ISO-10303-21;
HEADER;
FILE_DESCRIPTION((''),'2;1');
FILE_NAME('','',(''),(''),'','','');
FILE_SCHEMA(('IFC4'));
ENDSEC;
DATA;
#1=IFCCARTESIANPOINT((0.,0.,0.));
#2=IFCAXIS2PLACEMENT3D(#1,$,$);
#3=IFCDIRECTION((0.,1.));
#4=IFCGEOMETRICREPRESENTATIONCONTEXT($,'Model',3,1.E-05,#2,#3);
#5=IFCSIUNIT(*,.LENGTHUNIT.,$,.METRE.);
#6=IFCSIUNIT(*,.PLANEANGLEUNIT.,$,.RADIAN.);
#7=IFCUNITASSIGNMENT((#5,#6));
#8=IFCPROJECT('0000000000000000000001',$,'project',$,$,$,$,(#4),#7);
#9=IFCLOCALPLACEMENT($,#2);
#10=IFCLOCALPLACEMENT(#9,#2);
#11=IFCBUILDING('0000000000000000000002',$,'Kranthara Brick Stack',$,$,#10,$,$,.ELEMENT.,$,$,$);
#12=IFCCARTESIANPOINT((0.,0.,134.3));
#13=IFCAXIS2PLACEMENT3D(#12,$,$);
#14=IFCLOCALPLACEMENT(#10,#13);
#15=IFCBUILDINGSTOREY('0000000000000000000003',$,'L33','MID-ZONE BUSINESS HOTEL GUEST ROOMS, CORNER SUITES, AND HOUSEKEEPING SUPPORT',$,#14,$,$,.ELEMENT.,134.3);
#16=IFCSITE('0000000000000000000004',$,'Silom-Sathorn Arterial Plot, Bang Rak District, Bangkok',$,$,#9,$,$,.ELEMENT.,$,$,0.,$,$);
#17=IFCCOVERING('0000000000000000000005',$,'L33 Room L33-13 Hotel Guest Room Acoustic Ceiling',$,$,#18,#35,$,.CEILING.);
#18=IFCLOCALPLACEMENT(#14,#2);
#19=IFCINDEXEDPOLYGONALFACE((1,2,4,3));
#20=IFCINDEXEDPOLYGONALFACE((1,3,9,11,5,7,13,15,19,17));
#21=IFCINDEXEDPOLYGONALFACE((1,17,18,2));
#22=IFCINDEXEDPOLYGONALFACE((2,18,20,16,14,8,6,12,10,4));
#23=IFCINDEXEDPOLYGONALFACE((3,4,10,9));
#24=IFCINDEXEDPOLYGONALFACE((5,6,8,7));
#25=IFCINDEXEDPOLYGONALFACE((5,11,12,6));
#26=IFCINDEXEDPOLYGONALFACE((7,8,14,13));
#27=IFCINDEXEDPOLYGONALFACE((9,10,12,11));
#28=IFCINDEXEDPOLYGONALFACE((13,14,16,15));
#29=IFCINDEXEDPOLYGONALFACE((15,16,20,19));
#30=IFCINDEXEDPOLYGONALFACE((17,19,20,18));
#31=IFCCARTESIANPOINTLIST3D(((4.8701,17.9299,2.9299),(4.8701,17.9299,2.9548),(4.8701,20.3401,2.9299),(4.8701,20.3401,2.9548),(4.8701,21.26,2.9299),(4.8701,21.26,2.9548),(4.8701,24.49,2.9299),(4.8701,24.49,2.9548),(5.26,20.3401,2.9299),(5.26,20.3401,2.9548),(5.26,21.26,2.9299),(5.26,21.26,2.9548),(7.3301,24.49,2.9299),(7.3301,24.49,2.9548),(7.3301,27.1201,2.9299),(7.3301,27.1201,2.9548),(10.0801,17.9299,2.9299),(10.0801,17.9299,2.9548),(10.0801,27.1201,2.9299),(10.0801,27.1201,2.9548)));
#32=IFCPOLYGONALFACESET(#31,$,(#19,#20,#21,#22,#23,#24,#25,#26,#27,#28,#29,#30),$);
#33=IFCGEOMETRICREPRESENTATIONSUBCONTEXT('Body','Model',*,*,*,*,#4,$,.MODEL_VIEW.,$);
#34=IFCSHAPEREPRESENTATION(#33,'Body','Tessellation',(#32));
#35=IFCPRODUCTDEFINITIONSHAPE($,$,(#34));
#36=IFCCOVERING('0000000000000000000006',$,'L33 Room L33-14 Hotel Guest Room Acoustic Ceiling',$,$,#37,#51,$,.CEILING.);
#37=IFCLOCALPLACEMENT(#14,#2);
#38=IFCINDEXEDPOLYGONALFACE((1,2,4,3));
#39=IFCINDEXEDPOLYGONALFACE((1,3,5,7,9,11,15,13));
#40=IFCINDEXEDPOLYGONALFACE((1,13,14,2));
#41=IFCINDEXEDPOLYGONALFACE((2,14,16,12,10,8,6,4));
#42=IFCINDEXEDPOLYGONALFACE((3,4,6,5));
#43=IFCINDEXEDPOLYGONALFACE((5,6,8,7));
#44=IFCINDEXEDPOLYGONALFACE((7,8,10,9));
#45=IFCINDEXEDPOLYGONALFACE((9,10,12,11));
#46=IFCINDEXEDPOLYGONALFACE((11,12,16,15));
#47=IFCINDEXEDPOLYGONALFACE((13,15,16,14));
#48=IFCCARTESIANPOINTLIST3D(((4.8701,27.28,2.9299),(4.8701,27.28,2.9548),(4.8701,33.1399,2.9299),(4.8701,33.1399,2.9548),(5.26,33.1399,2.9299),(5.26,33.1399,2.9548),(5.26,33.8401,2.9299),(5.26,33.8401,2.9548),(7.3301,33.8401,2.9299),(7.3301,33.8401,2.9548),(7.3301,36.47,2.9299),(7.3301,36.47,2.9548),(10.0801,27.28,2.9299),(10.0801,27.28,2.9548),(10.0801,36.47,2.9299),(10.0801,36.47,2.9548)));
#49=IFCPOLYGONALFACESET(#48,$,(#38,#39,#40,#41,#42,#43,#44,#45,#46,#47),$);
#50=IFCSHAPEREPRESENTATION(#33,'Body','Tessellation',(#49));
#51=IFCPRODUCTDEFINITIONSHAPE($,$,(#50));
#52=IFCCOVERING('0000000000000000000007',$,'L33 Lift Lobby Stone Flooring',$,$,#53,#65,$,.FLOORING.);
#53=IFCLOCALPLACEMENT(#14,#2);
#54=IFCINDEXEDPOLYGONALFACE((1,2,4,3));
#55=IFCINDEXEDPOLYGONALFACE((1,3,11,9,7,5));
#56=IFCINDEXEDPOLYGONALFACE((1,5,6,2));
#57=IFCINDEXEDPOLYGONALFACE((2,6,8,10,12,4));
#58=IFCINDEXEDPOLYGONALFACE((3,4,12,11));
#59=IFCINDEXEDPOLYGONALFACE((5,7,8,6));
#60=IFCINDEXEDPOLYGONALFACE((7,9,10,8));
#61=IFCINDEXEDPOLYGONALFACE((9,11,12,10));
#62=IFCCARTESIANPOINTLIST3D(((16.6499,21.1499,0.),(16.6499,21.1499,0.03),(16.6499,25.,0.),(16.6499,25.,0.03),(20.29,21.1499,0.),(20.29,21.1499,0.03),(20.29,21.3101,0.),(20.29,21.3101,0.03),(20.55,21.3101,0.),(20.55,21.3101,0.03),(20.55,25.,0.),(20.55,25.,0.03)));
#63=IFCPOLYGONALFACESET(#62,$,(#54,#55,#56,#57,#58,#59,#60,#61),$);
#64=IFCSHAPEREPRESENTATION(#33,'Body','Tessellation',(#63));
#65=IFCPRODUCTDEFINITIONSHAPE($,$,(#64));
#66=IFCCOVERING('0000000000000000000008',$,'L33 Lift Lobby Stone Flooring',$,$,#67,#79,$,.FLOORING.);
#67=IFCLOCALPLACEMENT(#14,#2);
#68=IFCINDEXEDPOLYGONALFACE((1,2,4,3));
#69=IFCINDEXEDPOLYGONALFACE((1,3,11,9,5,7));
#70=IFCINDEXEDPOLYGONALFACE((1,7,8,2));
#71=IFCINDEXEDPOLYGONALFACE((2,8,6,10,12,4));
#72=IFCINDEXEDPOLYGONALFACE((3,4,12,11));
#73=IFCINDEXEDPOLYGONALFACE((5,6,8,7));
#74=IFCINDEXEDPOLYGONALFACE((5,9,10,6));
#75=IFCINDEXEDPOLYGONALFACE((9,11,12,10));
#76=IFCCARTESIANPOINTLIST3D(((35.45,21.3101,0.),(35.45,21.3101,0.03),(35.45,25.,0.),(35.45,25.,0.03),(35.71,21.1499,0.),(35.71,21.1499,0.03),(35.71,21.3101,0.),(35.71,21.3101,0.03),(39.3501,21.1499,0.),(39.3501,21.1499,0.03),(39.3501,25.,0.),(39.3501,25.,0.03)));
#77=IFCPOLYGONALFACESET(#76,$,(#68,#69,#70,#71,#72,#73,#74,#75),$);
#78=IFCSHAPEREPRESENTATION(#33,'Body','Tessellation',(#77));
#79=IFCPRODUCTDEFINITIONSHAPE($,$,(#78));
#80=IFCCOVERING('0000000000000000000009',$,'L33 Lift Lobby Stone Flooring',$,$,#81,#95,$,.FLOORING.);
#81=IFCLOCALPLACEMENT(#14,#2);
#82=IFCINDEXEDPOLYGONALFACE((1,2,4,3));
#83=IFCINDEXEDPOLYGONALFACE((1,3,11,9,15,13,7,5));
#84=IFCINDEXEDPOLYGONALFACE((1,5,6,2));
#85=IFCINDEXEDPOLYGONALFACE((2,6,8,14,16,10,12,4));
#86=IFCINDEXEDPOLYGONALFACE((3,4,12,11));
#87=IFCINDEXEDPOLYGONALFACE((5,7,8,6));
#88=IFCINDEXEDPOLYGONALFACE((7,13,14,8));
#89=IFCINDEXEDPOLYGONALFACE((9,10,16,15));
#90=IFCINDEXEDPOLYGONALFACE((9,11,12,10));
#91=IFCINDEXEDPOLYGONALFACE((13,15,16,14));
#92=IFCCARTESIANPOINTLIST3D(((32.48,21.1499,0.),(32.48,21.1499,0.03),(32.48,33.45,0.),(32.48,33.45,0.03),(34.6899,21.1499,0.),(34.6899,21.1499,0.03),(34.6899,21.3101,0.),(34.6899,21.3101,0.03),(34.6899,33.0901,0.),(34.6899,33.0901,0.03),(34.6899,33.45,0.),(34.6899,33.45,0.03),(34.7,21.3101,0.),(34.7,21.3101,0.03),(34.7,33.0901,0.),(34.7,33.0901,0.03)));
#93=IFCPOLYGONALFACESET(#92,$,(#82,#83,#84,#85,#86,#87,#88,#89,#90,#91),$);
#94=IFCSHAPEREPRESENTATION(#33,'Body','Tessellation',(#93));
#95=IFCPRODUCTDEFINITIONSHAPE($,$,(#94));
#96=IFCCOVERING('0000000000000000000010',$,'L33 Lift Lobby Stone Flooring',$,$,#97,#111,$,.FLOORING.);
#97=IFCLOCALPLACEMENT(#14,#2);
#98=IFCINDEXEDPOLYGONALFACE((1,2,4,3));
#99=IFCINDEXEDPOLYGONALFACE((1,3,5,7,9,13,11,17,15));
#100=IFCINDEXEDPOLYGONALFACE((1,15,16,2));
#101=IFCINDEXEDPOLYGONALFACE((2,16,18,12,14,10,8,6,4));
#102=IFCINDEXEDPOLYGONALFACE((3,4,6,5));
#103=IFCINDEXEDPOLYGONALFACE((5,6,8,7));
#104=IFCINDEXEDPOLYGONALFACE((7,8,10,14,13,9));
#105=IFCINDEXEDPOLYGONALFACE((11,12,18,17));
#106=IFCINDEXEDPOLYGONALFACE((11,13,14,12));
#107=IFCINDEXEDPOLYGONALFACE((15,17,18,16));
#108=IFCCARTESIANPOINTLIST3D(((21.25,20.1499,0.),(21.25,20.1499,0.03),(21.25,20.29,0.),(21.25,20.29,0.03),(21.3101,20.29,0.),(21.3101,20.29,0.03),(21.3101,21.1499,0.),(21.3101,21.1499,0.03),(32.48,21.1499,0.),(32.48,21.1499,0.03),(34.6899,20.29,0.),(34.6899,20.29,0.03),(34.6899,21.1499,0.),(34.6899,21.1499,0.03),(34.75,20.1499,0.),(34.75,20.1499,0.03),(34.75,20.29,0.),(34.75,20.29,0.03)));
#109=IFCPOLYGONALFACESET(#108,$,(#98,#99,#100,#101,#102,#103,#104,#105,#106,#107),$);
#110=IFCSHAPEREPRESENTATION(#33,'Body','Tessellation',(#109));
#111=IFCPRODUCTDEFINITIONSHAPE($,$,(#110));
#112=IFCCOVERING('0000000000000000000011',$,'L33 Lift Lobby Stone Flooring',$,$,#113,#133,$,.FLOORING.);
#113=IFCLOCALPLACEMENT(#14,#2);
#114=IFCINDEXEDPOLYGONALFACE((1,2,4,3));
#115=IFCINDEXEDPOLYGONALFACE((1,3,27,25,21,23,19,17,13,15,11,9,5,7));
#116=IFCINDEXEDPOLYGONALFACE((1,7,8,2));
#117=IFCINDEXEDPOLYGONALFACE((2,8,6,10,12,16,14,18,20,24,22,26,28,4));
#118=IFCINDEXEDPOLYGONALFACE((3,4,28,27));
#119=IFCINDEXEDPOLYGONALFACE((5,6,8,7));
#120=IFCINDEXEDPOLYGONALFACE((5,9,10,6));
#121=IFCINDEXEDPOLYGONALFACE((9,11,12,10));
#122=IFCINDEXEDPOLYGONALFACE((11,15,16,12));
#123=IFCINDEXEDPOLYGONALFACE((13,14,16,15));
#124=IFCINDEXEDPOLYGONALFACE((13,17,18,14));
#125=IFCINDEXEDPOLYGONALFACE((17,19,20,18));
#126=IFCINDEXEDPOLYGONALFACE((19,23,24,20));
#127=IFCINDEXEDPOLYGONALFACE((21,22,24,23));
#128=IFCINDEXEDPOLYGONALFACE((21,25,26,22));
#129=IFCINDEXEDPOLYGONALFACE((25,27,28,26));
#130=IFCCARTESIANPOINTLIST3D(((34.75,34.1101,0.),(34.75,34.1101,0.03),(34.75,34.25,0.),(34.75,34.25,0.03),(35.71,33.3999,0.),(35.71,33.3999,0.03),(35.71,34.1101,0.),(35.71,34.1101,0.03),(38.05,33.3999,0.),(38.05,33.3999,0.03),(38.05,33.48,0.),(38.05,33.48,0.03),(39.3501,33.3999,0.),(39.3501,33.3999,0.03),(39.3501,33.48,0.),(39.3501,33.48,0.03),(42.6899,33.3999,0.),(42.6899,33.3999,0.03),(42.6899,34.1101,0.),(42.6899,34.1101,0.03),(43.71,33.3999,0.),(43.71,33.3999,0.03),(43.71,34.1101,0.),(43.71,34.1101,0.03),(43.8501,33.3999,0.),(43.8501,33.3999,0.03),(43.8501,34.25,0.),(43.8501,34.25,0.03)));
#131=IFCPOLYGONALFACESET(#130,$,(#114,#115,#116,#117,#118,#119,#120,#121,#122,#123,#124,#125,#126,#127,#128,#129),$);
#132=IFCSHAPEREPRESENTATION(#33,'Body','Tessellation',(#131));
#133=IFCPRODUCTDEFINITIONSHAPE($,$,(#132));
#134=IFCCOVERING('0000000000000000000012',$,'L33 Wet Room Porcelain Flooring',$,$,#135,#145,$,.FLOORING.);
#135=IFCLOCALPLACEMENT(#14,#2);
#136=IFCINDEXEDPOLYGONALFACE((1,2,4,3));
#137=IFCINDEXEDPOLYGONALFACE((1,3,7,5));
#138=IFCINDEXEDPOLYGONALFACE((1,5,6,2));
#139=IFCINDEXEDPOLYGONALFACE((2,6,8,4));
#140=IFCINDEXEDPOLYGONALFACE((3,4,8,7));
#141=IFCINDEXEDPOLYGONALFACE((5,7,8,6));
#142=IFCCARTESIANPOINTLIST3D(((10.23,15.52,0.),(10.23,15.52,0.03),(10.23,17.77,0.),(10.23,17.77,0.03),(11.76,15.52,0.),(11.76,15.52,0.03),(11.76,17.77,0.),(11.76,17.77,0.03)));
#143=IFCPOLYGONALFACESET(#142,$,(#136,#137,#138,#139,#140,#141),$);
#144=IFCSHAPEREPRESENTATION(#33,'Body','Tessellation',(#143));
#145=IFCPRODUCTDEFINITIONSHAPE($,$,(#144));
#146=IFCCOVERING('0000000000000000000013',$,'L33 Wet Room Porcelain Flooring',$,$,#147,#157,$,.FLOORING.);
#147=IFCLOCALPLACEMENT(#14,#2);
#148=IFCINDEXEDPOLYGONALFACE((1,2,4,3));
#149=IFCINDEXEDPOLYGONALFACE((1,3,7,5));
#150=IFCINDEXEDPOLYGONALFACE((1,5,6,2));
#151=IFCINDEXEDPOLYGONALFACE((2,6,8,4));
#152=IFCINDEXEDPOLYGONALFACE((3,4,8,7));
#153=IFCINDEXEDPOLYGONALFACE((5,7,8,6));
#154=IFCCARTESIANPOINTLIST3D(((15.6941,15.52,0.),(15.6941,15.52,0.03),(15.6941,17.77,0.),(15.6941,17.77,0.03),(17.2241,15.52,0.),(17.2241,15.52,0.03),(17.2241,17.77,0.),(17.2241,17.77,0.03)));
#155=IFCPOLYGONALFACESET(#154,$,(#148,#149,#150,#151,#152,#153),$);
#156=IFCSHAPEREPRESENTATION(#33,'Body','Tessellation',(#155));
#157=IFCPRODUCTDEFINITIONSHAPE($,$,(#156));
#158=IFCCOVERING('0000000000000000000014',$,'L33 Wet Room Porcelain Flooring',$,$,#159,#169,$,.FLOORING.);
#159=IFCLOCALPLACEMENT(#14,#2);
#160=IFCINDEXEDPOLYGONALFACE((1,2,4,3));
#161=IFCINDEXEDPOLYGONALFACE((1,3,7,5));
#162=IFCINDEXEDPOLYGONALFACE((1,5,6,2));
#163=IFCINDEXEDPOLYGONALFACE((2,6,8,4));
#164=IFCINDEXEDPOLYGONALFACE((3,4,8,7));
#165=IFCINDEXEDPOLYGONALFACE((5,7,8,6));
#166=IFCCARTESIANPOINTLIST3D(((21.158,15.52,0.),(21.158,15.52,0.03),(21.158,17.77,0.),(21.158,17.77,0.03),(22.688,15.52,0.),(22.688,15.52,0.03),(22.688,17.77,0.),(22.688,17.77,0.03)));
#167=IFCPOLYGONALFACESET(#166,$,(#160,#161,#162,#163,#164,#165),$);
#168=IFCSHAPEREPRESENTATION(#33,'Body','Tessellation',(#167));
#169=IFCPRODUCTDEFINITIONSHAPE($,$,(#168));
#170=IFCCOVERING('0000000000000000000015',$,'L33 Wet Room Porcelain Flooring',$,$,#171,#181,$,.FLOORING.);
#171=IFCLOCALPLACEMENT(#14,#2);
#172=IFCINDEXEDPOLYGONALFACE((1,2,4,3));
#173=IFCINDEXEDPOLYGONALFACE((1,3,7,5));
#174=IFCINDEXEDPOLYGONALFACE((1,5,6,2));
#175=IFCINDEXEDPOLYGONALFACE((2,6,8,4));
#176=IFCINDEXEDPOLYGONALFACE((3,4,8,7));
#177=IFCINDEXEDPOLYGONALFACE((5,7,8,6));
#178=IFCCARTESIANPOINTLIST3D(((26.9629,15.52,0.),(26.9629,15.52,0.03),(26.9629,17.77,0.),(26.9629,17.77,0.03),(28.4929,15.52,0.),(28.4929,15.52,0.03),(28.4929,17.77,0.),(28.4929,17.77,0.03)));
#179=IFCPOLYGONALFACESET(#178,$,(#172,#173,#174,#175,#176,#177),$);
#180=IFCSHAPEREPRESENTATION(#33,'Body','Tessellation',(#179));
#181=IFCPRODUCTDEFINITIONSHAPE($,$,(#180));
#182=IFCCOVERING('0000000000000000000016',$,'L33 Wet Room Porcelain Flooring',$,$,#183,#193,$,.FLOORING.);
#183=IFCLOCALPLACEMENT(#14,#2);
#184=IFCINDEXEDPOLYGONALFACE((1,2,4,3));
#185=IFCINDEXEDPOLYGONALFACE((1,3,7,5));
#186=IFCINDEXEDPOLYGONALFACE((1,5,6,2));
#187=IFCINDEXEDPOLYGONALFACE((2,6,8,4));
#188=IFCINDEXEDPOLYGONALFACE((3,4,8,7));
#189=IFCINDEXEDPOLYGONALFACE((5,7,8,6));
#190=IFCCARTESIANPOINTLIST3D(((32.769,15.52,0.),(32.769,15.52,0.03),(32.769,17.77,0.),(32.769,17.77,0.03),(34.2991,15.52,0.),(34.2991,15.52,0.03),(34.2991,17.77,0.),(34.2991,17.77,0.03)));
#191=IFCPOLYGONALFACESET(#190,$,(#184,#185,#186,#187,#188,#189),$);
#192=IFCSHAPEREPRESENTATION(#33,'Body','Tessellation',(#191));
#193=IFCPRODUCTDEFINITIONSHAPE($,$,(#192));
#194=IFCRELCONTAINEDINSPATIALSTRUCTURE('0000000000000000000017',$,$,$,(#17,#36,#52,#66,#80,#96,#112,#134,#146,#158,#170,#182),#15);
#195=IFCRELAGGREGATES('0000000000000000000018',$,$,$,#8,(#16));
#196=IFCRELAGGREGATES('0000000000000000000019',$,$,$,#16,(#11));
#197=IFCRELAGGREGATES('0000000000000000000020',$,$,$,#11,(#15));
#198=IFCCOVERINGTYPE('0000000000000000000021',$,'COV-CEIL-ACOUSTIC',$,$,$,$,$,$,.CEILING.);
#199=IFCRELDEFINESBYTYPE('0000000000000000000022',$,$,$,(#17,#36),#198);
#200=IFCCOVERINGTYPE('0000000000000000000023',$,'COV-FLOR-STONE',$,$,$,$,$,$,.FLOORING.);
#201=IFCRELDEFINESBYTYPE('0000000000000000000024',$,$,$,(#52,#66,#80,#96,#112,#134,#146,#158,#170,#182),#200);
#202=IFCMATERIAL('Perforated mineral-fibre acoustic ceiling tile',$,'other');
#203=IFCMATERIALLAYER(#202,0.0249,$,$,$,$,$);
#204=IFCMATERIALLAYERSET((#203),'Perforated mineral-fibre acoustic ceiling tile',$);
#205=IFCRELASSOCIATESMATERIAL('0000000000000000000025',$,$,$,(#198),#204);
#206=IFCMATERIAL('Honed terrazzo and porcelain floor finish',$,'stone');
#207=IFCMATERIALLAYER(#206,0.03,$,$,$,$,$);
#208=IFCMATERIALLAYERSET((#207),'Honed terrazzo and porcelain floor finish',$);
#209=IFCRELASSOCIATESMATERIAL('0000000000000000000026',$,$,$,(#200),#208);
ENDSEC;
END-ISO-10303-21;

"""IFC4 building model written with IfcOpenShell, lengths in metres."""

from ifc_helpers import new_model, si_unit, direction, frame, origin, place, context, subcontext, project, spatial, polyline, outline, extrude, material, layer, layer_set, type_object, element, save


model = new_model("IFC4")

# Units and contexts
model_context = context("Model", 3, precision=1e-05, world=origin(), true_north=direction((0.0, 1.0)))
body_context = subcontext(model_context, "Body", "Model", "MODEL_VIEW")
ifc_project = project(units=[si_unit("LENGTHUNIT", "METRE"), si_unit("PLANEANGLEUNIT", "RADIAN")], contexts=[model_context])

# Site, building, storey
site_placement = place(None, origin())
site = spatial("IfcSite", under=ifc_project, at=site_placement, Name="Silom-Sathorn Arterial Plot, Bang Rak District, Bangkok", CompositionType="ELEMENT", RefElevation=0.0)
building_placement = place(site_placement, origin())
building = spatial("IfcBuilding", under=site, at=building_placement, Name="Kranthara Brick Stack", CompositionType="ELEMENT")
storey_placement = place(building_placement, frame((0.0, 0.0, 134.3)))
storey = spatial("IfcBuildingStorey", under=building, at=storey_placement, Name="L33", Description="MID-ZONE BUSINESS HOTEL GUEST ROOMS, CORNER SUITES, AND HOUSEKEEPING SUPPORT", CompositionType="ELEMENT", Elevation=134.3)

# Coverings
ifc_material_1 = material(Name="Perforated mineral-fibre acoustic ceiling tile", Category="other")
ifc_layer_1 = layer(ifc_material_1, 0.0249)
ifc_layer_set_1 = layer_set([ifc_layer_1], Name="Perforated mineral-fibre acoustic ceiling tile")
covering_type_1 = type_object("IfcCoveringType", Name="COV-CEIL-ACOUSTIC", PredefinedType="CEILING", material=ifc_layer_set_1)
covering_1_placement = place(storey_placement, frame((0.0, 0.0, 2.9299)))
element("IfcCovering", 1, at=covering_1_placement, inside=storey, type_object=covering_type_1, Name="L33 Room L33-13 Hotel Guest Room Acoustic Ceiling", PredefinedType="CEILING", context=body_context, shape_type="SweptSolid", body=[
    extrude(outline(polyline([(4.8701, 24.49), (7.3301, 24.49), (7.3301, 27.1201), (10.0801, 27.1201), (10.0801, 17.9299), (4.8701, 17.9299), (4.8701, 20.3401), (5.26, 20.3401), (5.26, 21.26), (4.8701, 21.26), (4.8701, 24.49)])), origin(), (0.0, 0.0, 1.0), 0.0249),
])
covering_2_placement = place(storey_placement, frame((0.0, 0.0, 2.9299)))
element("IfcCovering", 2, at=covering_2_placement, inside=storey, type_object=covering_type_1, Name="L33 Room L33-14 Hotel Guest Room Acoustic Ceiling", PredefinedType="CEILING", context=body_context, shape_type="SweptSolid", body=[
    extrude(outline(polyline([(7.3301, 33.8401), (7.3301, 36.47), (10.0801, 36.47), (10.0801, 27.28), (4.8701, 27.28), (4.8701, 33.1399), (5.26, 33.1399), (5.26, 33.8401), (7.3301, 33.8401)])), origin(), (0.0, 0.0, 1.0), 0.0249),
])
ifc_material_2 = material(Name="Honed terrazzo and porcelain floor finish", Category="stone")
ifc_layer_2 = layer(ifc_material_2, 0.03)
ifc_layer_set_2 = layer_set([ifc_layer_2], Name="Honed terrazzo and porcelain floor finish")
covering_type_2 = type_object("IfcCoveringType", Name="COV-FLOR-STONE", PredefinedType="FLOORING", material=ifc_layer_set_2)
covering_3_placement = place(storey_placement, origin())
element("IfcCovering", 3, at=covering_3_placement, inside=storey, type_object=covering_type_2, Name="L33 Lift Lobby Stone Flooring", PredefinedType="FLOORING", context=body_context, shape_type="SweptSolid", body=[
    extrude(outline(polyline([(16.6499, 21.1499), (16.6499, 25.0), (20.55, 25.0), (20.55, 21.3101), (20.29, 21.3101), (20.29, 21.1499), (16.6499, 21.1499)])), origin(), (0.0, 0.0, 1.0), 0.03),
])
covering_4_placement = place(storey_placement, origin())
element("IfcCovering", 4, at=covering_4_placement, inside=storey, type_object=covering_type_2, Name="L33 Lift Lobby Stone Flooring", PredefinedType="FLOORING", context=body_context, shape_type="SweptSolid", body=[
    extrude(outline(polyline([(35.45, 25.0), (39.3501, 25.0), (39.3501, 21.1499), (35.71, 21.1499), (35.71, 21.3101), (35.45, 21.3101), (35.45, 25.0)])), origin(), (0.0, 0.0, 1.0), 0.03),
])
covering_5_placement = place(storey_placement, origin())
element("IfcCovering", 5, at=covering_5_placement, inside=storey, type_object=covering_type_2, Name="L33 Lift Lobby Stone Flooring", PredefinedType="FLOORING", context=body_context, shape_type="SweptSolid", body=[
    extrude(outline(polyline([(32.48, 33.45), (34.6899, 33.45), (34.6899, 33.0901), (34.7, 33.0901), (34.7, 21.3101), (34.6899, 21.3101), (34.6899, 21.1499), (32.48, 21.1499), (32.48, 33.45)])), origin(), (0.0, 0.0, 1.0), 0.03),
])
covering_6_placement = place(storey_placement, origin())
element("IfcCovering", 6, at=covering_6_placement, inside=storey, type_object=covering_type_2, Name="L33 Lift Lobby Stone Flooring", PredefinedType="FLOORING", context=body_context, shape_type="SweptSolid", body=[
    extrude(outline(polyline([(21.25, 20.29), (21.3101, 20.29), (21.3101, 21.1499), (32.48, 21.1499), (34.6899, 21.1499), (34.6899, 20.29), (34.75, 20.29), (34.75, 20.1499), (21.25, 20.1499), (21.25, 20.29)])), origin(), (0.0, 0.0, 1.0), 0.03),
])
covering_7_placement = place(storey_placement, origin())
element("IfcCovering", 7, at=covering_7_placement, inside=storey, type_object=covering_type_2, Name="L33 Lift Lobby Stone Flooring", PredefinedType="FLOORING", context=body_context, shape_type="SweptSolid", body=[
    extrude(outline(polyline([(43.71, 33.3999), (43.71, 34.1101), (42.6899, 34.1101), (42.6899, 33.3999), (39.3501, 33.3999), (39.3501, 33.48), (38.05, 33.48), (38.05, 33.3999), (35.71, 33.3999), (35.71, 34.1101), (34.75, 34.1101), (34.75, 34.25), (43.8501, 34.25), (43.8501, 33.3999), (43.71, 33.3999)])), origin(), (0.0, 0.0, 1.0), 0.03),
])
covering_8_placement = place(storey_placement, origin())
element("IfcCovering", 8, at=covering_8_placement, inside=storey, type_object=covering_type_2, Name="L33 Wet Room Porcelain Flooring", PredefinedType="FLOORING", context=body_context, shape_type="SweptSolid", body=[
    extrude(outline(polyline([(10.23, 15.52), (10.23, 17.77), (11.76, 17.77), (11.76, 15.52), (10.23, 15.52)])), origin(), (0.0, 0.0, 1.0), 0.03),
])
covering_9_placement = place(storey_placement, origin())
element("IfcCovering", 9, at=covering_9_placement, inside=storey, type_object=covering_type_2, Name="L33 Wet Room Porcelain Flooring", PredefinedType="FLOORING", context=body_context, shape_type="SweptSolid", body=[
    extrude(outline(polyline([(15.6941, 15.52), (15.6941, 17.77), (17.2241, 17.77), (17.2241, 15.52), (15.6941, 15.52)])), origin(), (0.0, 0.0, 1.0), 0.03),
])
covering_10_placement = place(storey_placement, origin())
element("IfcCovering", 10, at=covering_10_placement, inside=storey, type_object=covering_type_2, Name="L33 Wet Room Porcelain Flooring", PredefinedType="FLOORING", context=body_context, shape_type="SweptSolid", body=[
    extrude(outline(polyline([(21.158, 15.52), (21.158, 17.77), (22.688, 17.77), (22.688, 15.52), (21.158, 15.52)])), origin(), (0.0, 0.0, 1.0), 0.03),
])
covering_11_placement = place(storey_placement, origin())
element("IfcCovering", 11, at=covering_11_placement, inside=storey, type_object=covering_type_2, Name="L33 Wet Room Porcelain Flooring", PredefinedType="FLOORING", context=body_context, shape_type="SweptSolid", body=[
    extrude(outline(polyline([(26.9629, 15.52), (26.9629, 17.77), (28.4929, 17.77), (28.4929, 15.52), (26.9629, 15.52)])), origin(), (0.0, 0.0, 1.0), 0.03),
])
covering_12_placement = place(storey_placement, origin())
element("IfcCovering", 12, at=covering_12_placement, inside=storey, type_object=covering_type_2, Name="L33 Wet Room Porcelain Flooring", PredefinedType="FLOORING", context=body_context, shape_type="SweptSolid", body=[
    extrude(outline(polyline([(32.769, 15.52), (32.769, 17.77), (34.2991, 17.77), (34.2991, 15.52), (32.769, 15.52)])), origin(), (0.0, 0.0, 1.0), 0.03),
])

save(model, "model.ifc")
